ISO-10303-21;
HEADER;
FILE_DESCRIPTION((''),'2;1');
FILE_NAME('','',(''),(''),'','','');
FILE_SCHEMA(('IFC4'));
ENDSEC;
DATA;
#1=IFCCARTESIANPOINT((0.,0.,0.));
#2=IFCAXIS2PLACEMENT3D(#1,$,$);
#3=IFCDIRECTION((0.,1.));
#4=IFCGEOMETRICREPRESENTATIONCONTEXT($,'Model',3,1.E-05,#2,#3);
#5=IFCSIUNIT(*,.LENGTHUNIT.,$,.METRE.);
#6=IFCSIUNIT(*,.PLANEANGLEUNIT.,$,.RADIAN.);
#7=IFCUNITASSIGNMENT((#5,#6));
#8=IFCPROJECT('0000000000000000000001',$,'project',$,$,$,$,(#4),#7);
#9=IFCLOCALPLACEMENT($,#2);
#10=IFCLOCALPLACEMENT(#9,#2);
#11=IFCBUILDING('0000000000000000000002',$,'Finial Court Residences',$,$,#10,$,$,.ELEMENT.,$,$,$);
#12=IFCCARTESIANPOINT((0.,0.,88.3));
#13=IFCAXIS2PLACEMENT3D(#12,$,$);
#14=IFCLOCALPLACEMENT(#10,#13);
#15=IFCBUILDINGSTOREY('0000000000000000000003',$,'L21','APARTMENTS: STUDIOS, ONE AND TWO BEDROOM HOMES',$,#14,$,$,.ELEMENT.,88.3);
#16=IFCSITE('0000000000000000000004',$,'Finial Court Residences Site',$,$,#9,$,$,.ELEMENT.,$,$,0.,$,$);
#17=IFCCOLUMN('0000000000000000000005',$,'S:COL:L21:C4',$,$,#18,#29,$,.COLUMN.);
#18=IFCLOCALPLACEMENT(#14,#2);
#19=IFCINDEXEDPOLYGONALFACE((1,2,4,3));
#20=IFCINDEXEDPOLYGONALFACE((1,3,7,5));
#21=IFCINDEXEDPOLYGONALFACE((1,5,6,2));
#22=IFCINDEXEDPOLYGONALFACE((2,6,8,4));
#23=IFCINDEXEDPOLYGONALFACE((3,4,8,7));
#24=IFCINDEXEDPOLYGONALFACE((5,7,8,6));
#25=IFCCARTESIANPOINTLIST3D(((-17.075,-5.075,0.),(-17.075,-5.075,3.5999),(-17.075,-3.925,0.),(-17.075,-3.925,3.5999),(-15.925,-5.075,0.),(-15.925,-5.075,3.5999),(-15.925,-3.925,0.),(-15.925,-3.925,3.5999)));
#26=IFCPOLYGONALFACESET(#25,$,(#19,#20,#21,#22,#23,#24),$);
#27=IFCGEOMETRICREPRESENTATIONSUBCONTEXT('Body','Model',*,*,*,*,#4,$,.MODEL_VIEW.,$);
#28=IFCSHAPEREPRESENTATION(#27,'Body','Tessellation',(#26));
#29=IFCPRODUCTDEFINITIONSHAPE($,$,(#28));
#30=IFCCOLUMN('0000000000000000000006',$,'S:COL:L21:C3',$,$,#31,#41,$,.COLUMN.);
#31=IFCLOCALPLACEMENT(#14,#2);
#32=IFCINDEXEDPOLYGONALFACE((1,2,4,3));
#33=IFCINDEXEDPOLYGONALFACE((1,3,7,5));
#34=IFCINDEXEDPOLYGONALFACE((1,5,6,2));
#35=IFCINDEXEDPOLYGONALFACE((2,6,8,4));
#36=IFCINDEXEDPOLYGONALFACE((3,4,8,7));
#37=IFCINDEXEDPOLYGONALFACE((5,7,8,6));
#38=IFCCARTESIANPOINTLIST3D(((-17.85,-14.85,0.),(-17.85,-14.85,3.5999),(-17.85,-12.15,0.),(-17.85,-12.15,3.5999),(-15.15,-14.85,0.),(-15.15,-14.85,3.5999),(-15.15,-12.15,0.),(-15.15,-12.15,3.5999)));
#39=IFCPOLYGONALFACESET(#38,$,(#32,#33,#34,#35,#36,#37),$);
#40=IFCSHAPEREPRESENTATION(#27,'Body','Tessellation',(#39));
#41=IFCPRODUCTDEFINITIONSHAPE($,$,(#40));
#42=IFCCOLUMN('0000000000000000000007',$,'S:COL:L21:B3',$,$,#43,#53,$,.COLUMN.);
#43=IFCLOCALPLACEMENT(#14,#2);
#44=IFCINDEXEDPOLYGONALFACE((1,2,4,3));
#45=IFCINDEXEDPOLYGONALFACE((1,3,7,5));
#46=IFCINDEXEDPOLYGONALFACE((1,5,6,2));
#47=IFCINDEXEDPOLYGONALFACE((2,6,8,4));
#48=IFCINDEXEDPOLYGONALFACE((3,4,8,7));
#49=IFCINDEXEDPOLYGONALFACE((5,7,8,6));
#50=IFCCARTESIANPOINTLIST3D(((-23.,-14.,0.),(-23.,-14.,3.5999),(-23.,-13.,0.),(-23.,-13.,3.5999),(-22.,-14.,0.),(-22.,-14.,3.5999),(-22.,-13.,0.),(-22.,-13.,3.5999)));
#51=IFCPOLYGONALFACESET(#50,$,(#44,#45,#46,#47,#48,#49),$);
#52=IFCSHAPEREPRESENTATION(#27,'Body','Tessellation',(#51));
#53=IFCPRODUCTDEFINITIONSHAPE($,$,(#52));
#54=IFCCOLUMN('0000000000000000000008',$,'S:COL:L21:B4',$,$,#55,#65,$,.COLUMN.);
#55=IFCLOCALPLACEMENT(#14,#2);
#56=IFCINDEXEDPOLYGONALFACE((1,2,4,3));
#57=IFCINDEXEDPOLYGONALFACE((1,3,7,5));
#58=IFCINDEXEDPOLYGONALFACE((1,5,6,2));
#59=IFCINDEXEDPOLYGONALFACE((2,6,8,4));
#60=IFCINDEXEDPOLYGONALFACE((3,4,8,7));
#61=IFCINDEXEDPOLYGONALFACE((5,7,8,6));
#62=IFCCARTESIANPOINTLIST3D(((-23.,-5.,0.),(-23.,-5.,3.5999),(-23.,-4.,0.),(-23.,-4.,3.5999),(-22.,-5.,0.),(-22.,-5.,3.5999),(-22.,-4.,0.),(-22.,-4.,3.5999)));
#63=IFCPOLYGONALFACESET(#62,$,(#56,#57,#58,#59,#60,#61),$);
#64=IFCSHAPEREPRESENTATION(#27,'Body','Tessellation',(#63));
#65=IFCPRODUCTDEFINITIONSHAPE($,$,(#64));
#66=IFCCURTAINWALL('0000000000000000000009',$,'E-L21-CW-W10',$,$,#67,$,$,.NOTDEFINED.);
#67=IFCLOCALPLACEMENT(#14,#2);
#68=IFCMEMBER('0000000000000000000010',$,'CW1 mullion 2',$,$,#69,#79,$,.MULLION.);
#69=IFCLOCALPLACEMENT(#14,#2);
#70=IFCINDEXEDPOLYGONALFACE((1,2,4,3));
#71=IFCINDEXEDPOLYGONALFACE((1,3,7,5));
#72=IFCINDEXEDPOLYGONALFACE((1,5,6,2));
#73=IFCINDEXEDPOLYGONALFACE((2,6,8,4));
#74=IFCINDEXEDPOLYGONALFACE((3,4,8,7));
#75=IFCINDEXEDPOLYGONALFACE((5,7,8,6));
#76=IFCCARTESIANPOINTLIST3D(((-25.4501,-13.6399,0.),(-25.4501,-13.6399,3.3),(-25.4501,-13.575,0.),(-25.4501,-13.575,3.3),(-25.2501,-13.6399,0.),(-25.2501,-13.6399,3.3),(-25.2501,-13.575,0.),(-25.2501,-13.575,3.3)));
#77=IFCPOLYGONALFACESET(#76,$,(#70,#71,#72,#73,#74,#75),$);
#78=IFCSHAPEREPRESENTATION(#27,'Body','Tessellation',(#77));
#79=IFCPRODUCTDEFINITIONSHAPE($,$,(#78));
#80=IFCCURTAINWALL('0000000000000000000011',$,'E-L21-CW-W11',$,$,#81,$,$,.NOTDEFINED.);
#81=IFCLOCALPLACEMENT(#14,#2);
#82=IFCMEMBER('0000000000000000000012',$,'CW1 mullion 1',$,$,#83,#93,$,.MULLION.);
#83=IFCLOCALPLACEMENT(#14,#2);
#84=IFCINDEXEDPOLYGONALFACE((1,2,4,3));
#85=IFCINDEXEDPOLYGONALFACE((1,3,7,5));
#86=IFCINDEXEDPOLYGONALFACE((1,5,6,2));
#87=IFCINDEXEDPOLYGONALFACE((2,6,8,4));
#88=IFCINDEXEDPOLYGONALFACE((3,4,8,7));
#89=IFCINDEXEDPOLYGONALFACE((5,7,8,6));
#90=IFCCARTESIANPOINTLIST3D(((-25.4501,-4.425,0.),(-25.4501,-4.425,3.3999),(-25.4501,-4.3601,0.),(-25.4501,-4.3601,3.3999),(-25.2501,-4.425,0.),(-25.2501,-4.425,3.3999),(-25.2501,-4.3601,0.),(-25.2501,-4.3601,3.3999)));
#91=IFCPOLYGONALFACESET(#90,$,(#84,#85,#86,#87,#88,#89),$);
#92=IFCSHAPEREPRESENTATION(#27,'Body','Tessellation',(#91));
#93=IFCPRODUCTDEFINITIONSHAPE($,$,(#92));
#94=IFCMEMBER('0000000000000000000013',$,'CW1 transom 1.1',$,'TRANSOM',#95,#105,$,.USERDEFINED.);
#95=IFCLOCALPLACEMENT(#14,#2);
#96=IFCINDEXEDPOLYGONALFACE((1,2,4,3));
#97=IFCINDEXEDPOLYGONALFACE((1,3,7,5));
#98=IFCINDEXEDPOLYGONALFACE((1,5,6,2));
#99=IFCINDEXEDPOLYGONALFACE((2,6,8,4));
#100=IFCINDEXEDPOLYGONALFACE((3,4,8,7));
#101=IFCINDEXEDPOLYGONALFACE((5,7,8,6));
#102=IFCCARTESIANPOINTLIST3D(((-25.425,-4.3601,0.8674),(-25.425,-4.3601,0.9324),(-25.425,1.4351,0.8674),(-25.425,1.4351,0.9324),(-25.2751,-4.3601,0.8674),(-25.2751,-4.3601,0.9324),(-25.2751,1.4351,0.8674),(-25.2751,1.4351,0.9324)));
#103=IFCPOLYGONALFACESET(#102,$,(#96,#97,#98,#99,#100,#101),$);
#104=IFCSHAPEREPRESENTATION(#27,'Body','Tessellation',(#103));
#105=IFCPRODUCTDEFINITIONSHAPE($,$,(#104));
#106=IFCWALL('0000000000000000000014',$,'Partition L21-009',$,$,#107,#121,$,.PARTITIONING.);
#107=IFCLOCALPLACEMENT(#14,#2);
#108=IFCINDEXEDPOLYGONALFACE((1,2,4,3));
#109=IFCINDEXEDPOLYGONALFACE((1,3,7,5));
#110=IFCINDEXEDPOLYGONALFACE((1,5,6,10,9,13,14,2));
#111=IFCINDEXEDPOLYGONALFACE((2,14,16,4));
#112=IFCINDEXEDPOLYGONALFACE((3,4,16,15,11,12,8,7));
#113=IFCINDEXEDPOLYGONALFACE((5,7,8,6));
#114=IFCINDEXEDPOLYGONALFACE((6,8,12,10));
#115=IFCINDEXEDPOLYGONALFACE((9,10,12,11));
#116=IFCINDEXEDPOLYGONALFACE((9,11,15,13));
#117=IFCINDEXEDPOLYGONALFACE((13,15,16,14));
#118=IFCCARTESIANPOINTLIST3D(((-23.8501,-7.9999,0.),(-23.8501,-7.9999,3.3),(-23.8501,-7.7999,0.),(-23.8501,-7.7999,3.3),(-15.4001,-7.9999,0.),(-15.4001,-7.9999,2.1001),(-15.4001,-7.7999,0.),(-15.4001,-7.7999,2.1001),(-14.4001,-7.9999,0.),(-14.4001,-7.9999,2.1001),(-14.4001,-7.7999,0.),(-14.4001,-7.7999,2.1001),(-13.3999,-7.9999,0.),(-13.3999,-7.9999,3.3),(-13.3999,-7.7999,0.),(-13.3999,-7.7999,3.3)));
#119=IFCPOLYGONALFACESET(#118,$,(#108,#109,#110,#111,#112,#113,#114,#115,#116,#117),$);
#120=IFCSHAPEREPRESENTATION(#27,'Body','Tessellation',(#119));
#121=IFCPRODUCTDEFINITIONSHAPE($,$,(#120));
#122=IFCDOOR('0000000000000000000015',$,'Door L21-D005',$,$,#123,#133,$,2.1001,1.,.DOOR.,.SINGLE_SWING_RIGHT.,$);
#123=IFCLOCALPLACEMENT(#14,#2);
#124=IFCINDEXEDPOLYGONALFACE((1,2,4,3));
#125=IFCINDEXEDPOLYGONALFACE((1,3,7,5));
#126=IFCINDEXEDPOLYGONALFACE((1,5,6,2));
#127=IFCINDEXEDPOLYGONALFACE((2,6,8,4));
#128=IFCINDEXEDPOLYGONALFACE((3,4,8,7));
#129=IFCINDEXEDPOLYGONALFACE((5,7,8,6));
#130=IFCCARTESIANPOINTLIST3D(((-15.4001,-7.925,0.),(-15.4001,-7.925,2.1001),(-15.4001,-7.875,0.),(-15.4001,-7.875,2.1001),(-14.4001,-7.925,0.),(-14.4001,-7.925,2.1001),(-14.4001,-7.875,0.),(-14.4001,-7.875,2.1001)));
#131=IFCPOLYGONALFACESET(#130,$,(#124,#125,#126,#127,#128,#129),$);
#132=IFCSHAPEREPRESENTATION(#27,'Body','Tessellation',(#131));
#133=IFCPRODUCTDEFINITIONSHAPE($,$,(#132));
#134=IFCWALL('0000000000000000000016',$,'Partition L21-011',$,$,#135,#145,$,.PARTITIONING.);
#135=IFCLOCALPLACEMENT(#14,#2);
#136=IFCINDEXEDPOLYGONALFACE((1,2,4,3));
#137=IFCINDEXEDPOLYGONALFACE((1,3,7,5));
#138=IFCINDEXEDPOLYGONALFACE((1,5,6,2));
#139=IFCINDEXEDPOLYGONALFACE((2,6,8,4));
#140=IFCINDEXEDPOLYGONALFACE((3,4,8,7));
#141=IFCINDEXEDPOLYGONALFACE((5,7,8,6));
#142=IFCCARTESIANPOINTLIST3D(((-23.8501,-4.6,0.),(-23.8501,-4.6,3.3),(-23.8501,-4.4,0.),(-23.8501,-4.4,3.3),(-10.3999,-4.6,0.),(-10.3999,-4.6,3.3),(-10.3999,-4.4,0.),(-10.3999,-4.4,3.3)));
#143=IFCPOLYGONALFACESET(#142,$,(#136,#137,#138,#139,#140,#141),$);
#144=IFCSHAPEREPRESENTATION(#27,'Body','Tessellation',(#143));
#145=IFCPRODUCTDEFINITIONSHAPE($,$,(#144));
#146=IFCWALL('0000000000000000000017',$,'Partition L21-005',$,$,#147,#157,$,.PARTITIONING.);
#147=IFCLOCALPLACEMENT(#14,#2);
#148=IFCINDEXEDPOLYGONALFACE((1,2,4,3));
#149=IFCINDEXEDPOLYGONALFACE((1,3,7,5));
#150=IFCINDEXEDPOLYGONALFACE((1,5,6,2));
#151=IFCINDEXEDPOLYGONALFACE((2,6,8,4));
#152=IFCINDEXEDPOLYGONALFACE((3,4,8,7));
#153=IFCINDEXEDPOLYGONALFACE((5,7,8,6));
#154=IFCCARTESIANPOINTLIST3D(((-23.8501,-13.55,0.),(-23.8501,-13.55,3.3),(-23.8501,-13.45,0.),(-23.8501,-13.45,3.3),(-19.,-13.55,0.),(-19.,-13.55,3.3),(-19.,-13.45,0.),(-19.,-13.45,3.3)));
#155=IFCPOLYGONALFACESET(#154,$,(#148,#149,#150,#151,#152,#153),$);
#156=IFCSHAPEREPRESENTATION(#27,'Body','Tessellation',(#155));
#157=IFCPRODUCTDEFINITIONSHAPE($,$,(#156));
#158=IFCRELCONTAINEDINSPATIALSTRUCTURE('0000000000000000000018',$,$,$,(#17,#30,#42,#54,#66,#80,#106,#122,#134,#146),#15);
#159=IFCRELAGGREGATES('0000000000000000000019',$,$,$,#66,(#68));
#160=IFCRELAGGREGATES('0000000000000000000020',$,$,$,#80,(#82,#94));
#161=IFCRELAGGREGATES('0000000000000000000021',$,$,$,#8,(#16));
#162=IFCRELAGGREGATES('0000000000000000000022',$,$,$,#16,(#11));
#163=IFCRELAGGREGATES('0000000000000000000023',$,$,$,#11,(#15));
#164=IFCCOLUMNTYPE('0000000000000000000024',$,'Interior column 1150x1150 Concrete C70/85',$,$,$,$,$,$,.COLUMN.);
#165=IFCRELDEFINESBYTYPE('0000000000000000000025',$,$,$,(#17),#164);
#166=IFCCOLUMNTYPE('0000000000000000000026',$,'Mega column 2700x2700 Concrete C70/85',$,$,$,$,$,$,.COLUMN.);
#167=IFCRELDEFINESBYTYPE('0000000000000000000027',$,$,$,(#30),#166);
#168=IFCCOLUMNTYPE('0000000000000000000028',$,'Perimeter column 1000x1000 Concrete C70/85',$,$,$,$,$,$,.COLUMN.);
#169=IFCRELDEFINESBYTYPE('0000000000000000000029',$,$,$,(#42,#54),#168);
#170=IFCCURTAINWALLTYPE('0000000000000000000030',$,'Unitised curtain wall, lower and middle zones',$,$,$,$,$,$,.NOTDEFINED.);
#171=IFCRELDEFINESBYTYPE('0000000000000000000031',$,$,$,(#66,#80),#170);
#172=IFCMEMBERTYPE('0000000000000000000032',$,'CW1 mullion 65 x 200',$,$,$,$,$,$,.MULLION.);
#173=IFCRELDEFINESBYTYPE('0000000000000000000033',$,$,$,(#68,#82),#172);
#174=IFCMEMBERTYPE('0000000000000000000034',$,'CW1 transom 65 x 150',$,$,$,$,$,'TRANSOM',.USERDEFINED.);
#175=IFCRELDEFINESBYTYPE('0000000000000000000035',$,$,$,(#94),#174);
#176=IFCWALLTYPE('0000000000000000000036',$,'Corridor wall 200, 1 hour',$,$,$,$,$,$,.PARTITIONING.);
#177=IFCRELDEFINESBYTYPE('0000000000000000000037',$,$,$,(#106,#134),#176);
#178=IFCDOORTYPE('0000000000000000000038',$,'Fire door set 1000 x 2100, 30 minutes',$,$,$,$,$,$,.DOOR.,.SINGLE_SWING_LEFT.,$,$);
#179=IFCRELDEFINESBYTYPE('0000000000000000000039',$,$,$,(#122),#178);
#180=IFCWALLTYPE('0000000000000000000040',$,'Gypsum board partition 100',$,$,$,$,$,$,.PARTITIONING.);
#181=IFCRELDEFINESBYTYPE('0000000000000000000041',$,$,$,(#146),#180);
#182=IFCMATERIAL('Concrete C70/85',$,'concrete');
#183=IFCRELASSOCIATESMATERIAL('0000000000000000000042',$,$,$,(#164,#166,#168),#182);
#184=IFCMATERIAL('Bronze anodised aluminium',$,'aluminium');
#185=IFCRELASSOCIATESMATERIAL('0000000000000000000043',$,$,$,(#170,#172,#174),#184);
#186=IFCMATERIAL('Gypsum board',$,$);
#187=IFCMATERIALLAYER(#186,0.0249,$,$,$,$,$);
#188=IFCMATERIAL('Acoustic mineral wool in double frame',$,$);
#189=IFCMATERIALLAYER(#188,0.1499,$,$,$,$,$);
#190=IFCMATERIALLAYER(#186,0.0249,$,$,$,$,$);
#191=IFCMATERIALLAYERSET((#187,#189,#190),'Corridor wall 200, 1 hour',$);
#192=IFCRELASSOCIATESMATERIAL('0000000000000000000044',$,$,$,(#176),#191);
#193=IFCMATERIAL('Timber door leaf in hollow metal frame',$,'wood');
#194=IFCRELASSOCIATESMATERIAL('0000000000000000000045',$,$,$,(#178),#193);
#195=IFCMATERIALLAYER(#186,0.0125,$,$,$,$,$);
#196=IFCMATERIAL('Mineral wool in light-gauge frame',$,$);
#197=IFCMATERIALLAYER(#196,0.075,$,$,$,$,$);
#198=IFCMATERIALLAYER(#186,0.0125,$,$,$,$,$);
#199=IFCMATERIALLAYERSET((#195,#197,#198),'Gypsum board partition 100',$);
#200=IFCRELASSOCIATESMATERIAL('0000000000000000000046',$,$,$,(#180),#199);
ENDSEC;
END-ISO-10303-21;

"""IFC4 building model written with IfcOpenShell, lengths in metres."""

from ifc_helpers import new_model, si_unit, direction, frame, frame_2d, origin, origin_2d, place, context, subcontext, project, spatial, rectangle, extrude, material, layer, layer_set, material_profile, profile_set, type_object, element, fill, aggregate, save


model = new_model("IFC4")

# Units and contexts
model_context = context("Model", 3, precision=1e-05, world=origin(), true_north=direction((0.0, 1.0)))
body_context = subcontext(model_context, "Body", "Model", "MODEL_VIEW")
ifc_project = project(units=[si_unit("LENGTHUNIT", "METRE"), si_unit("PLANEANGLEUNIT", "RADIAN")], contexts=[model_context])

# Site, building, storey
site_placement = place(None, origin())
site = spatial("IfcSite", under=ifc_project, at=site_placement, Name="Finial Court Residences Site", CompositionType="ELEMENT", RefElevation=0.0)
building_placement = place(site_placement, origin())
building = spatial("IfcBuilding", under=site, at=building_placement, Name="Finial Court Residences", CompositionType="ELEMENT")
storey_placement = place(building_placement, frame((0.0, 0.0, 88.3)))
storey = spatial("IfcBuildingStorey", under=building, at=storey_placement, Name="L21", Description="APARTMENTS: STUDIOS, ONE AND TWO BEDROOM HOMES", CompositionType="ELEMENT", Elevation=88.3)

# Columns
ifc_material_1 = material(Name="Concrete C70/85", Category="concrete")
ifc_material_profile_1 = material_profile(ifc_material_1, rectangle(XDim=1.1499, YDim=1.1499, at=origin_2d()), Name="1150x1150")
ifc_profile_set_1 = profile_set([ifc_material_profile_1], Name="Concrete C70/85")
column_type_1 = type_object("IfcColumnType", Name="Interior column 1150x1150 Concrete C70/85", PredefinedType="COLUMN", material=ifc_profile_set_1)
column_1_placement = place(storey_placement, frame((-16.5, -4.5, 0.0), z_axis=(0.0, 0.0, 1.0), x_axis=(1.0, 0.0, 0.0)))
element("IfcColumn", 1, at=column_1_placement, inside=storey, type_object=column_type_1, Name="S:COL:L21:C4", PredefinedType="COLUMN", context=body_context, shape_type="SweptSolid", body=[
    extrude(rectangle(XDim=1.1499, YDim=1.1499, at=origin_2d()), origin(), (0.0, 0.0, 1.0), 3.5999),
])
ifc_material_profile_2 = material_profile(ifc_material_1, rectangle(XDim=2.7, YDim=2.7, at=origin_2d()), Name="2700x2700")
ifc_profile_set_2 = profile_set([ifc_material_profile_2], Name="Concrete C70/85")
column_type_2 = type_object("IfcColumnType", Name="Mega column 2700x2700 Concrete C70/85", PredefinedType="COLUMN", material=ifc_profile_set_2)
column_2_placement = place(storey_placement, frame((-16.5, -13.5, 0.0), z_axis=(0.0, 0.0, 1.0), x_axis=(1.0, 0.0, 0.0)))
element("IfcColumn", 2, at=column_2_placement, inside=storey, type_object=column_type_2, Name="S:COL:L21:C3", PredefinedType="COLUMN", context=body_context, shape_type="SweptSolid", body=[
    extrude(rectangle(XDim=2.7, YDim=2.7, at=origin_2d()), origin(), (0.0, 0.0, 1.0), 3.5999),
])
ifc_material_profile_3 = material_profile(ifc_material_1, rectangle(XDim=1.0, YDim=1.0, at=origin_2d()), Name="1000x1000")
ifc_profile_set_3 = profile_set([ifc_material_profile_3], Name="Concrete C70/85")
column_type_3 = type_object("IfcColumnType", Name="Perimeter column 1000x1000 Concrete C70/85", PredefinedType="COLUMN", material=ifc_profile_set_3)
for number, where, z_axis, x_axis, name in (
    (3, (-22.5, -13.5, 0.0), (0.0, 0.0, 1.0), (1.0, 0.0, 0.0), "S:COL:L21:B3"),
    (4, (-22.5, -4.5, 0.0), (0.0, 0.0, 1.0), (1.0, 0.0, 0.0), "S:COL:L21:B4"),
):
    element("IfcColumn", number, at=place(storey_placement, frame(where, z_axis=z_axis, x_axis=x_axis)), inside=storey, type_object=column_type_3, Name=name, PredefinedType="COLUMN", context=body_context, shape_type="SweptSolid", body=[
        extrude(rectangle(XDim=1.0, YDim=1.0, at=origin_2d()), origin(), (0.0, 0.0, 1.0), 3.5999),
    ])

# Curtain wall, member
ifc_material_2 = material(Name="Bronze anodised aluminium", Category="aluminium")
curtain_wall_type = type_object("IfcCurtainWallType", Name="Unitised curtain wall, lower and middle zones", PredefinedType="NOTDEFINED", material=ifc_material_2)
curtain_wall_1_placement = place(storey_placement, origin())
curtain_wall_1 = element("IfcCurtainWall", 5, at=curtain_wall_1_placement, inside=storey, type_object=curtain_wall_type, Name="E-L21-CW-W10", PredefinedType="NOTDEFINED")
ifc_material_profile_4 = material_profile(ifc_material_2, rectangle(XDim=0.2, YDim=0.0649, at=origin_2d()), Name="CW1 mullion 65 x 200")
ifc_profile_set_4 = profile_set([ifc_material_profile_4], Name="Bronze anodised aluminium")
member_type_1 = type_object("IfcMemberType", Name="CW1 mullion 65 x 200", PredefinedType="MULLION", material=ifc_profile_set_4)
member_1_placement = place(storey_placement, frame((-25.3501, -13.6074, 0.0), z_axis=(0.0, 0.0, 1.0), x_axis=(-1.0, 0.0, 0.0)))
member_1 = element("IfcMember", 6, at=member_1_placement, type_object=member_type_1, Name="CW1 mullion 2", PredefinedType="MULLION", context=body_context, shape_type="SweptSolid", body=[
    extrude(rectangle(XDim=0.2, YDim=0.0649, at=origin_2d()), origin(), (0.0, 0.0, 1.0), 3.3),
])
aggregate(curtain_wall_1, [member_1])

# Curtain wall, members
curtain_wall_2_placement = place(storey_placement, origin())
curtain_wall_2 = element("IfcCurtainWall", 7, at=curtain_wall_2_placement, inside=storey, type_object=curtain_wall_type, Name="E-L21-CW-W11", PredefinedType="NOTDEFINED")
member_2_placement = place(storey_placement, frame((-25.3501, -4.3926, 0.0), z_axis=(0.0, 0.0, 1.0), x_axis=(-1.0, 0.0, 0.0)))
member_2 = element("IfcMember", 8, at=member_2_placement, type_object=member_type_1, Name="CW1 mullion 1", PredefinedType="MULLION", context=body_context, shape_type="SweptSolid", body=[
    extrude(rectangle(XDim=0.2, YDim=0.0649, at=origin_2d()), origin(), (0.0, 0.0, 1.0), 3.3999),
])
ifc_material_profile_5 = material_profile(ifc_material_2, rectangle(XDim=0.1499, YDim=0.0649, at=origin_2d()), Name="CW1 transom 65 x 150")
ifc_profile_set_5 = profile_set([ifc_material_profile_5], Name="Bronze anodised aluminium")
member_type_2 = type_object("IfcMemberType", Name="CW1 transom 65 x 150", ElementType="TRANSOM", PredefinedType="USERDEFINED", material=ifc_profile_set_5)
member_3_placement = place(storey_placement, frame((-25.3501, -4.3601, 0.8999), z_axis=(0.0, 1.0, 0.0), x_axis=(-1.0, 0.0, 0.0)))
member_3 = element("IfcMember", 9, at=member_3_placement, type_object=member_type_2, Name="CW1 transom 1.1", ObjectType="TRANSOM", PredefinedType="USERDEFINED", context=body_context, shape_type="SweptSolid", body=[
    extrude(rectangle(XDim=0.1499, YDim=0.0649, at=origin_2d()), origin(), (0.0, 0.0, 1.0), 5.7952),
])
aggregate(curtain_wall_2, [member_2, member_3])

# Wall, opening, door
ifc_material_3 = material(Name="Gypsum board")
ifc_layer_1 = layer(ifc_material_3, 0.0249)
ifc_material_4 = material(Name="Acoustic mineral wool in double frame")
ifc_layer_2 = layer(ifc_material_4, 0.1499)
ifc_layer_3 = layer(ifc_material_3, 0.0249)
ifc_layer_set_1 = layer_set([ifc_layer_1, ifc_layer_2, ifc_layer_3], Name="Corridor wall 200, 1 hour")
wall_type_1 = type_object("IfcWallType", Name="Corridor wall 200, 1 hour", PredefinedType="PARTITIONING", material=ifc_layer_set_1)
wall_1_placement = place(storey_placement, frame((-23.8501, -7.8999, 0.0), z_axis=(0.0, 0.0, 1.0), x_axis=(1.0, 0.0, 0.0)))
wall_1 = element("IfcWall", 10, at=wall_1_placement, inside=storey, type_object=wall_type_1, Name="Partition L21-009", PredefinedType="PARTITIONING", context=body_context, shape_type="SweptSolid", body=[
    extrude(rectangle(XDim=10.4502, YDim=0.2, at=frame_2d((5.2251, 0.0))), origin(), (0.0, 0.0, 1.0), 3.3),
])
opening_1_placement = place(wall_1_placement, frame((8.45, 0.0, 0.0)))
opening_1 = element("IfcOpeningElement", 11, at=opening_1_placement, cuts=wall_1, PredefinedType="OPENING", context=body_context, shape_type="SweptSolid", body=[
    extrude(rectangle(XDim=1.0, YDim=2.1001, at=frame_2d((0.5, 1.05))), frame((0.0, 0.1099, 0.0), z_axis=(0.0, -1.0, 0.0), x_axis=(1.0, 0.0, 0.0)), (0.0, 0.0, 1.0), 0.22),
])
ifc_material_5 = material(Name="Timber door leaf in hollow metal frame", Category="wood")
door_type_1 = type_object("IfcDoorType", Name="Fire door set 1000 x 2100, 30 minutes", OperationType="SINGLE_SWING_LEFT", PredefinedType="DOOR", material=ifc_material_5)
door_1_placement = place(opening_1_placement, origin())
door_1 = element("IfcDoor", 12, at=door_1_placement, inside=storey, type_object=door_type_1, Name="Door L21-D005", OperationType="SINGLE_SWING_RIGHT", OverallHeight=2.1001, OverallWidth=1.0, PredefinedType="DOOR", context=body_context, shape_type="SweptSolid", body=[
    extrude(rectangle(XDim=1.0, YDim=2.1001, at=frame_2d((0.5, 1.05))), frame((0.0, 0.0249, 0.0), z_axis=(0.0, -1.0, 0.0), x_axis=(1.0, 0.0, 0.0)), (0.0, 0.0, 1.0), 0.05),
])
fill(opening_1, door_1)

# Walls
wall_2_placement = place(storey_placement, frame((-23.8501, -4.5, 0.0), z_axis=(0.0, 0.0, 1.0), x_axis=(1.0, 0.0, 0.0)))
element("IfcWall", 13, at=wall_2_placement, inside=storey, type_object=wall_type_1, Name="Partition L21-011", PredefinedType="PARTITIONING", context=body_context, shape_type="SweptSolid", body=[
    extrude(rectangle(XDim=13.4502, YDim=0.2, at=frame_2d((6.7251, 0.0))), origin(), (0.0, 0.0, 1.0), 3.3),
])
ifc_layer_4 = layer(ifc_material_3, 0.0125)
ifc_material_6 = material(Name="Mineral wool in light-gauge frame")
ifc_layer_5 = layer(ifc_material_6, 0.075)
ifc_layer_6 = layer(ifc_material_3, 0.0125)
ifc_layer_set_2 = layer_set([ifc_layer_4, ifc_layer_5, ifc_layer_6], Name="Gypsum board partition 100")
wall_type_2 = type_object("IfcWallType", Name="Gypsum board partition 100", PredefinedType="PARTITIONING", material=ifc_layer_set_2)
wall_3_placement = place(storey_placement, frame((-23.8501, -13.5, 0.0), z_axis=(0.0, 0.0, 1.0), x_axis=(1.0, 0.0, 0.0)))
element("IfcWall", 14, at=wall_3_placement, inside=storey, type_object=wall_type_2, Name="Partition L21-005", PredefinedType="PARTITIONING", context=body_context, shape_type="SweptSolid", body=[
    extrude(rectangle(XDim=4.8501, YDim=0.1001, at=frame_2d((2.425, 0.0))), origin(), (0.0, 0.0, 1.0), 3.3),
])

save(model, "model.ifc")
